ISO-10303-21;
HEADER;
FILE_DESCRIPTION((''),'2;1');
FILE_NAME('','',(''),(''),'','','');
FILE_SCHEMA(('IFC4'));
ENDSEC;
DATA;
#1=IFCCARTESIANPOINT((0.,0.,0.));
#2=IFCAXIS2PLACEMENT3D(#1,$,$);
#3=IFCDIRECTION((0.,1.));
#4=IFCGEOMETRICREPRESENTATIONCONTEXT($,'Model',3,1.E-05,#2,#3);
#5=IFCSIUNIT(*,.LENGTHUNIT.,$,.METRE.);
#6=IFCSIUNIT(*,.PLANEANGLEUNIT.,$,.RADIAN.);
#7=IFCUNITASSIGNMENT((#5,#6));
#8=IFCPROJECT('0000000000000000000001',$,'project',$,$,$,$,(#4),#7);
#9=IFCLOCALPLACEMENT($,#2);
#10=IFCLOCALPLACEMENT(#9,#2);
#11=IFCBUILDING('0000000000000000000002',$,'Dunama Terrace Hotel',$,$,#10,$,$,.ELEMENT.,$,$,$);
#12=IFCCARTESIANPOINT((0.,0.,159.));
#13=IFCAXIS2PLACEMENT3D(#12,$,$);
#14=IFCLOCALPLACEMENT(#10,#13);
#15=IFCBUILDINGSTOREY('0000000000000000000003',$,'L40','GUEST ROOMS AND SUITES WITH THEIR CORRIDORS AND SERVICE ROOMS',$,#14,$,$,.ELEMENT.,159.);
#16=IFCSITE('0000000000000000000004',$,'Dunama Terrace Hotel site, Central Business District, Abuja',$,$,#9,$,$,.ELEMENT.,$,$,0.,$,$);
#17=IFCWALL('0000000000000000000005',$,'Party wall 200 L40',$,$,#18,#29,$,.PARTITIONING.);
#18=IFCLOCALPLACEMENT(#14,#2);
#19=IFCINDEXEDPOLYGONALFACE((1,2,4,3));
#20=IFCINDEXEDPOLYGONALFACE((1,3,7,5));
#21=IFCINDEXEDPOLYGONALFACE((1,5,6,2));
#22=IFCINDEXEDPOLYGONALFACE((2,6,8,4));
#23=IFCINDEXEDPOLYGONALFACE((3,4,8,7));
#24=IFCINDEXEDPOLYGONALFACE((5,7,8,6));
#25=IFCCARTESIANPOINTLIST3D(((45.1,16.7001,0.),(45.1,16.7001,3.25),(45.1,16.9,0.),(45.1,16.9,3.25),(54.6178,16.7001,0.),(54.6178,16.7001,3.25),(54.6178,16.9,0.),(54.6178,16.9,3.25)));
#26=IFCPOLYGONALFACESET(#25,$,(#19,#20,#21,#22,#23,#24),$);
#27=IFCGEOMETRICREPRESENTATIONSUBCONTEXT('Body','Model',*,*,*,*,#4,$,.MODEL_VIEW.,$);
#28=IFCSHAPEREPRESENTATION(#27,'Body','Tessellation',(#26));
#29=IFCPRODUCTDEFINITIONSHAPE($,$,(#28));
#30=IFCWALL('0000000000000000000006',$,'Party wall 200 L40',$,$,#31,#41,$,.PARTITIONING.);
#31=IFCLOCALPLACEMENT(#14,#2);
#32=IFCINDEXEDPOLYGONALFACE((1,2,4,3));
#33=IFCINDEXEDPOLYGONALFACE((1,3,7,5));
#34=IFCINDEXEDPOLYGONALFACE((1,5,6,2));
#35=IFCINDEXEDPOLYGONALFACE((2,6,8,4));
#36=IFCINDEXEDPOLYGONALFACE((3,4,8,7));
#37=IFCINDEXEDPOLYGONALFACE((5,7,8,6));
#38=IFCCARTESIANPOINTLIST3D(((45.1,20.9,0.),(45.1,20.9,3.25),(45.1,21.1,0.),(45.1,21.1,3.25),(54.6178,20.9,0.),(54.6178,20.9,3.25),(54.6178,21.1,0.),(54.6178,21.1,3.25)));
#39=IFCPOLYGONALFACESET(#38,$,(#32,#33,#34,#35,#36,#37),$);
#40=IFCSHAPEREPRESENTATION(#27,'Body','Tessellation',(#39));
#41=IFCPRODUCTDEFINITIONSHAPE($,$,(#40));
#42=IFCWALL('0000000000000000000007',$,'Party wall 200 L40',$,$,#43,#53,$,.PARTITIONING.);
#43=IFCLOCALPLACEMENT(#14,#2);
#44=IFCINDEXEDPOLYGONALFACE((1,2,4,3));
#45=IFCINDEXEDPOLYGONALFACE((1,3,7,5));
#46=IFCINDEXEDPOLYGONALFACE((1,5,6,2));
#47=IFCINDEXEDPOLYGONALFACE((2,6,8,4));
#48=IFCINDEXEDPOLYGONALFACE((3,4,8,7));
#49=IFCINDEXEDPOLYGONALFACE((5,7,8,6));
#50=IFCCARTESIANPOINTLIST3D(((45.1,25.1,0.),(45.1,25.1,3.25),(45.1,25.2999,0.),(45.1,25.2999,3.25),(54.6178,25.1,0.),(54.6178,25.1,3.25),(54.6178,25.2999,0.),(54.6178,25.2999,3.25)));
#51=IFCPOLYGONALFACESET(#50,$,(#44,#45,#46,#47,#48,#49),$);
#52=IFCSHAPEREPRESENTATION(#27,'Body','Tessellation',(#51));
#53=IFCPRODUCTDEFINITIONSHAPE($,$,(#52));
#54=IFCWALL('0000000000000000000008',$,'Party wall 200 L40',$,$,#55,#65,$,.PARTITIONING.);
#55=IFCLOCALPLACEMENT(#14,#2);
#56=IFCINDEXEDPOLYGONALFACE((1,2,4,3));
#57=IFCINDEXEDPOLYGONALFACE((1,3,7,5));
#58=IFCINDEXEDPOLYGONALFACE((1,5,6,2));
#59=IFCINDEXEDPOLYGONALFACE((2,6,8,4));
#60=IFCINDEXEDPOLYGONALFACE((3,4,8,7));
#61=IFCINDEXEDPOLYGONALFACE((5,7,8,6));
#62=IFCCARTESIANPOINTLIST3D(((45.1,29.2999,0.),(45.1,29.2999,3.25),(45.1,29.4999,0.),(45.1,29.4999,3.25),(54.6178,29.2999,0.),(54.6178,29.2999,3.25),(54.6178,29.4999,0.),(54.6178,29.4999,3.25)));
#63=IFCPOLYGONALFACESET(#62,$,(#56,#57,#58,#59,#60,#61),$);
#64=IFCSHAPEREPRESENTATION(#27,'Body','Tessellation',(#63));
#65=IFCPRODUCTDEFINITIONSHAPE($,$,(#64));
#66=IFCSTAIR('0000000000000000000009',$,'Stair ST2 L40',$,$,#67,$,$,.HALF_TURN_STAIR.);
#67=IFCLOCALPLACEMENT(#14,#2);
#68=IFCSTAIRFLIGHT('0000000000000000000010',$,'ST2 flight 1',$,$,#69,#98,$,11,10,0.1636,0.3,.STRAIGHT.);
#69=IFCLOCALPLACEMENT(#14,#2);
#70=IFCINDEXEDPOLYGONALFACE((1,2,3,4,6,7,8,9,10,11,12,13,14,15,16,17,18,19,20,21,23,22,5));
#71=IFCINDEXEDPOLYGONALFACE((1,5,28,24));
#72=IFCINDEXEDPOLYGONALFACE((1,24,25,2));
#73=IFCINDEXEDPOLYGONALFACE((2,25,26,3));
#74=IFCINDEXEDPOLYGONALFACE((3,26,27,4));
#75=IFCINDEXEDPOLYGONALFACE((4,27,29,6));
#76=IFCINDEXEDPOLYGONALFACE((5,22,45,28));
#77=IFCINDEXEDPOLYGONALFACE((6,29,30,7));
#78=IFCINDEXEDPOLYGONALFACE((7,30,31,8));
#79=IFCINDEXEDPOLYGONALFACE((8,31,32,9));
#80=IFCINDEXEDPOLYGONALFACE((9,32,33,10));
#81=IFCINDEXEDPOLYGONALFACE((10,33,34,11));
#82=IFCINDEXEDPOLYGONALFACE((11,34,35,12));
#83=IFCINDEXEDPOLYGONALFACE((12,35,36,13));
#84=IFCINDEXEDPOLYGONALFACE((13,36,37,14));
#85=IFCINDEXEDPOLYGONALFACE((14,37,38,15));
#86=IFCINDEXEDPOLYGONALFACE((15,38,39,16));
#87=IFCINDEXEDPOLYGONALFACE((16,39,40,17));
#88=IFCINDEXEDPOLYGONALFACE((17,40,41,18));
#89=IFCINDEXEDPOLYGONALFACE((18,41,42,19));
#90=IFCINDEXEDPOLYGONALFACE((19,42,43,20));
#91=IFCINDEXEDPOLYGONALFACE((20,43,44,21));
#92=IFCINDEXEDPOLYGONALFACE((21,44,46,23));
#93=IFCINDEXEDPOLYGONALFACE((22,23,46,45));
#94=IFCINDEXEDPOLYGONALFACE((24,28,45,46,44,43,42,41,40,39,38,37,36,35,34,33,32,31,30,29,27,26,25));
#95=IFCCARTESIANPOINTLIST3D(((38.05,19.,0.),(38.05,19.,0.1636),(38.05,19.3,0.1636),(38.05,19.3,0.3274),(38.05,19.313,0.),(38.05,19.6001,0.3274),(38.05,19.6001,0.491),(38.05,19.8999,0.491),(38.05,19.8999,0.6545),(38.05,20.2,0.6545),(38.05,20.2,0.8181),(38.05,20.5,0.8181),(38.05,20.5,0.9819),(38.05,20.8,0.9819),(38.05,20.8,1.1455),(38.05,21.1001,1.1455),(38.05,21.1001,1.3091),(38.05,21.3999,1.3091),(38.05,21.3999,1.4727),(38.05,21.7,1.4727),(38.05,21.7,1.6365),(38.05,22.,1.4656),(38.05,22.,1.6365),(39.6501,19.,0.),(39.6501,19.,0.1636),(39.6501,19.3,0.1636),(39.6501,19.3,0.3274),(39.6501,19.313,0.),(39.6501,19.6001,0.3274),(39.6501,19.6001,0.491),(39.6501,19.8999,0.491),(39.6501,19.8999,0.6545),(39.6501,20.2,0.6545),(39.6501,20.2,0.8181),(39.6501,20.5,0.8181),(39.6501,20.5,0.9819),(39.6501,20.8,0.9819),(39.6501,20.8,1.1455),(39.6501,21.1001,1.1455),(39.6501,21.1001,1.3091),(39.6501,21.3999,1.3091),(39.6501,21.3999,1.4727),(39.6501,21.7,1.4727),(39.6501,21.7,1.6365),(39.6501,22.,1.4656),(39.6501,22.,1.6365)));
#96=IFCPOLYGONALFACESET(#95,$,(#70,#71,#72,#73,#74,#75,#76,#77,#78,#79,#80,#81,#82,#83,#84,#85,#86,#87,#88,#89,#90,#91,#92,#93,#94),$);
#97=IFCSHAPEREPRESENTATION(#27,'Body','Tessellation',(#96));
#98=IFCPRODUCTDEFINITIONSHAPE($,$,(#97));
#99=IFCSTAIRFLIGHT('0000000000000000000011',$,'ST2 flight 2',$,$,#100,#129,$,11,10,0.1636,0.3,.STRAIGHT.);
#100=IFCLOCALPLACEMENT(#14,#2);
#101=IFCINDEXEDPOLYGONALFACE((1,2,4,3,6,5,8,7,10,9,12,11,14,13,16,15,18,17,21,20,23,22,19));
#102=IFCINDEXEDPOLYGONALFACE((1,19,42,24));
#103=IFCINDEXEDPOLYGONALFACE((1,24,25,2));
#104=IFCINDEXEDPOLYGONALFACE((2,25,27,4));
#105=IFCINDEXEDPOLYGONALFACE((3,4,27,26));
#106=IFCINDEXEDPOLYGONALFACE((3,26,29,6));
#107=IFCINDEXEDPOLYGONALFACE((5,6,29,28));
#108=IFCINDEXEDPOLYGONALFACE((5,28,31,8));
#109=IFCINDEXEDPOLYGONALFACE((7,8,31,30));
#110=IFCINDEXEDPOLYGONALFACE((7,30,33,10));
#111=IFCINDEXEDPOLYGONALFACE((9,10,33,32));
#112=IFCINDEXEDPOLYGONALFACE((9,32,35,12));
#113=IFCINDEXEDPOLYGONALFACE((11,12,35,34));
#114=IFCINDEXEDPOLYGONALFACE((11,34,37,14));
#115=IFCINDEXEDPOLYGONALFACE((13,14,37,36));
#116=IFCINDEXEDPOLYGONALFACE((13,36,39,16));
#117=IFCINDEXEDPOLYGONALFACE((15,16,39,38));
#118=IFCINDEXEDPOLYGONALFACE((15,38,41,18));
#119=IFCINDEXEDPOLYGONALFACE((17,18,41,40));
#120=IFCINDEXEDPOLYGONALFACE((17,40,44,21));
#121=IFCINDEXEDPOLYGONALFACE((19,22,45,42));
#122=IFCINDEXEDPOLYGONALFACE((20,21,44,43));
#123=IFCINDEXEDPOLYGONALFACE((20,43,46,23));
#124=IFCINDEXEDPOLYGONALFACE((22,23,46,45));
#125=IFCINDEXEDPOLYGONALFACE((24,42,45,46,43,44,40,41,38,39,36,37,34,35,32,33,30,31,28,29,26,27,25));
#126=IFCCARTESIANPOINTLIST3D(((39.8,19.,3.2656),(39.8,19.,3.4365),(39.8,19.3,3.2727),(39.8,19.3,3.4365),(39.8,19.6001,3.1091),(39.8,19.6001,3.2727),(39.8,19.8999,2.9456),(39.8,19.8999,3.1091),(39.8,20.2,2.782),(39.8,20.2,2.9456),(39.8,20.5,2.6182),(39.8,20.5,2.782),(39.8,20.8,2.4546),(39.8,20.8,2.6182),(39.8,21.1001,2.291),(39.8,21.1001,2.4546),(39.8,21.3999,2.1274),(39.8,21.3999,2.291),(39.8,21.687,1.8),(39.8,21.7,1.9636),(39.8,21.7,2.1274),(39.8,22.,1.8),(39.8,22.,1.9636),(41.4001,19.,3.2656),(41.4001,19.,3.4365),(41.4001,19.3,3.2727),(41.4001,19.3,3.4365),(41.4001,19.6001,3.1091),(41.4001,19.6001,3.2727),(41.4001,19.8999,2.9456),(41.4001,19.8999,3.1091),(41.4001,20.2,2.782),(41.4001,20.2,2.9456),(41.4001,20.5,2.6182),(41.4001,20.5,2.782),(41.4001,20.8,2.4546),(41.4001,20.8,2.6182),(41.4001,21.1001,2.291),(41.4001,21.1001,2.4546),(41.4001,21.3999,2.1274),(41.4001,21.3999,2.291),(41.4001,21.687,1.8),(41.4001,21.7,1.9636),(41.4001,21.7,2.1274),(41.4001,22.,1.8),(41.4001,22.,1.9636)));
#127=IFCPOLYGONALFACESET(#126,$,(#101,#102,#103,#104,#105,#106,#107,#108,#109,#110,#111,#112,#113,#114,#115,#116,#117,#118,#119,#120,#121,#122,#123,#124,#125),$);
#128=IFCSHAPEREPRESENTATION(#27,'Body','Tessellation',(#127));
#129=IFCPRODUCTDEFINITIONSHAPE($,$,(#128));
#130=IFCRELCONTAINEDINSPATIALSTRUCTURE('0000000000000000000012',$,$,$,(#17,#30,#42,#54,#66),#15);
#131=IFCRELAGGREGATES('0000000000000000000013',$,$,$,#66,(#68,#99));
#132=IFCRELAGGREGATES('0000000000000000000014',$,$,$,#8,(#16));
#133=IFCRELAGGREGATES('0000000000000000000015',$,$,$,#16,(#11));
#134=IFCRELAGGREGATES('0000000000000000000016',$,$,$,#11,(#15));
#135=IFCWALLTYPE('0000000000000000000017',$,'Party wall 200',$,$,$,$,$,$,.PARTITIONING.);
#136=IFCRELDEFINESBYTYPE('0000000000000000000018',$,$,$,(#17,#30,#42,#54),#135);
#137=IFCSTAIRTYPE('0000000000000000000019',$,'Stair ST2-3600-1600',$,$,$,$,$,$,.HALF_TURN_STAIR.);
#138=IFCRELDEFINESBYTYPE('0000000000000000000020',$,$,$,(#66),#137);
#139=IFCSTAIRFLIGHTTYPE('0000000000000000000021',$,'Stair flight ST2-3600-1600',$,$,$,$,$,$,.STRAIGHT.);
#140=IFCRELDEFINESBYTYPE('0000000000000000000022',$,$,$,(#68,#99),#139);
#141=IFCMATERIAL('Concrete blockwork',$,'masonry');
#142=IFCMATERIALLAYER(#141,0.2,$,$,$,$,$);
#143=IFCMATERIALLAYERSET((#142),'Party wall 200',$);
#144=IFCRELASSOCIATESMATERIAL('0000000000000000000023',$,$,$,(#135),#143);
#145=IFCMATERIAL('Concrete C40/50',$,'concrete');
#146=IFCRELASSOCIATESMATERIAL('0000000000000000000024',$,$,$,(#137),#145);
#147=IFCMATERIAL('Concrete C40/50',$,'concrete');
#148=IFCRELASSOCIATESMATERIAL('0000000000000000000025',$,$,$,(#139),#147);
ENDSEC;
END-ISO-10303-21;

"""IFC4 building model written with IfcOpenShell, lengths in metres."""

from ifc_helpers import new_model, si_unit, direction, frame, frame_2d, origin, place, context, subcontext, project, spatial, polyline, rectangle, outline, extrude, material, layer, layer_set, type_object, element, aggregate, save


model = new_model("IFC4")

# Units and contexts
model_context = context("Model", 3, precision=1e-05, world=origin(), true_north=direction((0.0, 1.0)))
body_context = subcontext(model_context, "Body", "Model", "MODEL_VIEW")
ifc_project = project(units=[si_unit("LENGTHUNIT", "METRE"), si_unit("PLANEANGLEUNIT", "RADIAN")], contexts=[model_context])

# Site, building, storey
site_placement = place(None, origin())
site = spatial("IfcSite", under=ifc_project, at=site_placement, Name="Dunama Terrace Hotel site, Central Business District, Abuja", CompositionType="ELEMENT", RefElevation=0.0)
building_placement = place(site_placement, origin())
building = spatial("IfcBuilding", under=site, at=building_placement, Name="Dunama Terrace Hotel", CompositionType="ELEMENT")
storey_placement = place(building_placement, frame((0.0, 0.0, 159.0)))
storey = spatial("IfcBuildingStorey", under=building, at=storey_placement, Name="L40", Description="GUEST ROOMS AND SUITES WITH THEIR CORRIDORS AND SERVICE ROOMS", CompositionType="ELEMENT", Elevation=159.0)

# Walls
ifc_material_1 = material(Name="Concrete blockwork", Category="masonry")
ifc_layer_1 = layer(ifc_material_1, 0.2)
ifc_layer_set_1 = layer_set([ifc_layer_1], Name="Party wall 200")
wall_type_1 = type_object("IfcWallType", Name="Party wall 200", PredefinedType="PARTITIONING", material=ifc_layer_set_1)
for number, where, z_axis, x_axis, name in (
    (1, (45.1001, 16.8, 0.0), (0.0, 0.0, 1.0), (1.0, 0.0, 0.0), "Party wall 200 L40"),
    (2, (45.1001, 21.0, 0.0), (0.0, 0.0, 1.0), (1.0, 0.0, 0.0), "Party wall 200 L40"),
    (3, (45.1001, 25.2, 0.0), (0.0, 0.0, 1.0), (1.0, 0.0, 0.0), "Party wall 200 L40"),
    (4, (45.1001, 29.3999, 0.0), (0.0, 0.0, 1.0), (1.0, 0.0, 0.0), "Party wall 200 L40"),
):
    element("IfcWall", number, at=place(storey_placement, frame(where, z_axis=z_axis, x_axis=x_axis)), inside=storey, type_object=wall_type_1, Name=name, PredefinedType="PARTITIONING", context=body_context, shape_type="SweptSolid", body=[
        extrude(rectangle(XDim=9.5178, YDim=0.2, at=frame_2d((4.7588, 0.0))), origin(), (0.0, 0.0, 1.0), 3.25),
    ])

# Stair, stair flights
ifc_material_2 = material(Name="Concrete C40/50", Category="concrete")
stair_type = type_object("IfcStairType", Name="Stair ST2-3600-1600", PredefinedType="HALF_TURN_STAIR", material=ifc_material_2)
stair_placement = place(storey_placement, origin())
stair = element("IfcStair", 5, at=stair_placement, inside=storey, type_object=stair_type, Name="Stair ST2 L40", PredefinedType="HALF_TURN_STAIR")
ifc_material_3 = material(Name="Concrete C40/50", Category="concrete")
stair_flight_type = type_object("IfcStairFlightType", Name="Stair flight ST2-3600-1600", PredefinedType="STRAIGHT", material=ifc_material_3)
stair_flight_1_placement = place(storey_placement, frame((38.8501, 19.0, 0.0), z_axis=(0.0, 0.0, 1.0), x_axis=(0.0, 1.0, 0.0)))
stair_flight_1 = element("IfcStairFlight", 6, at=stair_flight_1_placement, type_object=stair_flight_type, Name="ST2 flight 1", NumberOfRisers=11, NumberOfTreads=10, PredefinedType="STRAIGHT", RiserHeight=0.1636, TreadLength=0.3, context=body_context, shape_type="SweptSolid", body=[
    extrude(outline(polyline([(0.0, 0.0), (0.0, 0.1636), (0.3, 0.1636), (0.3, 0.3274), (0.6001, 0.3274), (0.6001, 0.491), (0.8999, 0.491), (0.8999, 0.6545), (1.2, 0.6545), (1.2, 0.8181), (1.5, 0.8181), (1.5, 0.9819), (1.8, 0.9819), (1.8, 1.1455), (2.1001, 1.1455), (2.1001, 1.3091), (2.3999, 1.3091), (2.3999, 1.4727), (2.7, 1.4727), (2.7, 1.6365), (3.0, 1.6365), (3.0, 1.8), (3.0, 1.4656), (0.313, 0.0), (0.0, 0.0)])), frame((0.0, 0.8, 0.0), z_axis=(0.0, -1.0, 0.0), x_axis=(1.0, 0.0, 0.0)), (0.0, 0.0, 1.0), 1.6001),
])
stair_flight_2_placement = place(storey_placement, frame((40.6001, 22.0, 1.8), z_axis=(0.0, 0.0, 1.0), x_axis=(0.0, -1.0, 0.0)))
stair_flight_2 = element("IfcStairFlight", 7, at=stair_flight_2_placement, type_object=stair_flight_type, Name="ST2 flight 2", NumberOfRisers=11, NumberOfTreads=10, PredefinedType="STRAIGHT", RiserHeight=0.1636, TreadLength=0.3, context=body_context, shape_type="SweptSolid", body=[
    extrude(outline(polyline([(0.0, 0.0), (0.0, 0.1636), (0.3, 0.1636), (0.3, 0.3274), (0.6001, 0.3274), (0.6001, 0.491), (0.8999, 0.491), (0.8999, 0.6545), (1.2, 0.6545), (1.2, 0.8181), (1.5, 0.8181), (1.5, 0.9819), (1.8, 0.9819), (1.8, 1.1455), (2.1001, 1.1455), (2.1001, 1.3091), (2.3999, 1.3091), (2.3999, 1.4727), (2.7, 1.4727), (2.7, 1.6365), (3.0, 1.6365), (3.0, 1.8), (3.0, 1.4656), (0.313, 0.0), (0.0, 0.0)])), frame((0.0, 0.8, 0.0), z_axis=(0.0, -1.0, 0.0), x_axis=(1.0, 0.0, 0.0)), (0.0, 0.0, 1.0), 1.6001),
])
aggregate(stair, [stair_flight_1, stair_flight_2])

save(model, "model.ifc")
